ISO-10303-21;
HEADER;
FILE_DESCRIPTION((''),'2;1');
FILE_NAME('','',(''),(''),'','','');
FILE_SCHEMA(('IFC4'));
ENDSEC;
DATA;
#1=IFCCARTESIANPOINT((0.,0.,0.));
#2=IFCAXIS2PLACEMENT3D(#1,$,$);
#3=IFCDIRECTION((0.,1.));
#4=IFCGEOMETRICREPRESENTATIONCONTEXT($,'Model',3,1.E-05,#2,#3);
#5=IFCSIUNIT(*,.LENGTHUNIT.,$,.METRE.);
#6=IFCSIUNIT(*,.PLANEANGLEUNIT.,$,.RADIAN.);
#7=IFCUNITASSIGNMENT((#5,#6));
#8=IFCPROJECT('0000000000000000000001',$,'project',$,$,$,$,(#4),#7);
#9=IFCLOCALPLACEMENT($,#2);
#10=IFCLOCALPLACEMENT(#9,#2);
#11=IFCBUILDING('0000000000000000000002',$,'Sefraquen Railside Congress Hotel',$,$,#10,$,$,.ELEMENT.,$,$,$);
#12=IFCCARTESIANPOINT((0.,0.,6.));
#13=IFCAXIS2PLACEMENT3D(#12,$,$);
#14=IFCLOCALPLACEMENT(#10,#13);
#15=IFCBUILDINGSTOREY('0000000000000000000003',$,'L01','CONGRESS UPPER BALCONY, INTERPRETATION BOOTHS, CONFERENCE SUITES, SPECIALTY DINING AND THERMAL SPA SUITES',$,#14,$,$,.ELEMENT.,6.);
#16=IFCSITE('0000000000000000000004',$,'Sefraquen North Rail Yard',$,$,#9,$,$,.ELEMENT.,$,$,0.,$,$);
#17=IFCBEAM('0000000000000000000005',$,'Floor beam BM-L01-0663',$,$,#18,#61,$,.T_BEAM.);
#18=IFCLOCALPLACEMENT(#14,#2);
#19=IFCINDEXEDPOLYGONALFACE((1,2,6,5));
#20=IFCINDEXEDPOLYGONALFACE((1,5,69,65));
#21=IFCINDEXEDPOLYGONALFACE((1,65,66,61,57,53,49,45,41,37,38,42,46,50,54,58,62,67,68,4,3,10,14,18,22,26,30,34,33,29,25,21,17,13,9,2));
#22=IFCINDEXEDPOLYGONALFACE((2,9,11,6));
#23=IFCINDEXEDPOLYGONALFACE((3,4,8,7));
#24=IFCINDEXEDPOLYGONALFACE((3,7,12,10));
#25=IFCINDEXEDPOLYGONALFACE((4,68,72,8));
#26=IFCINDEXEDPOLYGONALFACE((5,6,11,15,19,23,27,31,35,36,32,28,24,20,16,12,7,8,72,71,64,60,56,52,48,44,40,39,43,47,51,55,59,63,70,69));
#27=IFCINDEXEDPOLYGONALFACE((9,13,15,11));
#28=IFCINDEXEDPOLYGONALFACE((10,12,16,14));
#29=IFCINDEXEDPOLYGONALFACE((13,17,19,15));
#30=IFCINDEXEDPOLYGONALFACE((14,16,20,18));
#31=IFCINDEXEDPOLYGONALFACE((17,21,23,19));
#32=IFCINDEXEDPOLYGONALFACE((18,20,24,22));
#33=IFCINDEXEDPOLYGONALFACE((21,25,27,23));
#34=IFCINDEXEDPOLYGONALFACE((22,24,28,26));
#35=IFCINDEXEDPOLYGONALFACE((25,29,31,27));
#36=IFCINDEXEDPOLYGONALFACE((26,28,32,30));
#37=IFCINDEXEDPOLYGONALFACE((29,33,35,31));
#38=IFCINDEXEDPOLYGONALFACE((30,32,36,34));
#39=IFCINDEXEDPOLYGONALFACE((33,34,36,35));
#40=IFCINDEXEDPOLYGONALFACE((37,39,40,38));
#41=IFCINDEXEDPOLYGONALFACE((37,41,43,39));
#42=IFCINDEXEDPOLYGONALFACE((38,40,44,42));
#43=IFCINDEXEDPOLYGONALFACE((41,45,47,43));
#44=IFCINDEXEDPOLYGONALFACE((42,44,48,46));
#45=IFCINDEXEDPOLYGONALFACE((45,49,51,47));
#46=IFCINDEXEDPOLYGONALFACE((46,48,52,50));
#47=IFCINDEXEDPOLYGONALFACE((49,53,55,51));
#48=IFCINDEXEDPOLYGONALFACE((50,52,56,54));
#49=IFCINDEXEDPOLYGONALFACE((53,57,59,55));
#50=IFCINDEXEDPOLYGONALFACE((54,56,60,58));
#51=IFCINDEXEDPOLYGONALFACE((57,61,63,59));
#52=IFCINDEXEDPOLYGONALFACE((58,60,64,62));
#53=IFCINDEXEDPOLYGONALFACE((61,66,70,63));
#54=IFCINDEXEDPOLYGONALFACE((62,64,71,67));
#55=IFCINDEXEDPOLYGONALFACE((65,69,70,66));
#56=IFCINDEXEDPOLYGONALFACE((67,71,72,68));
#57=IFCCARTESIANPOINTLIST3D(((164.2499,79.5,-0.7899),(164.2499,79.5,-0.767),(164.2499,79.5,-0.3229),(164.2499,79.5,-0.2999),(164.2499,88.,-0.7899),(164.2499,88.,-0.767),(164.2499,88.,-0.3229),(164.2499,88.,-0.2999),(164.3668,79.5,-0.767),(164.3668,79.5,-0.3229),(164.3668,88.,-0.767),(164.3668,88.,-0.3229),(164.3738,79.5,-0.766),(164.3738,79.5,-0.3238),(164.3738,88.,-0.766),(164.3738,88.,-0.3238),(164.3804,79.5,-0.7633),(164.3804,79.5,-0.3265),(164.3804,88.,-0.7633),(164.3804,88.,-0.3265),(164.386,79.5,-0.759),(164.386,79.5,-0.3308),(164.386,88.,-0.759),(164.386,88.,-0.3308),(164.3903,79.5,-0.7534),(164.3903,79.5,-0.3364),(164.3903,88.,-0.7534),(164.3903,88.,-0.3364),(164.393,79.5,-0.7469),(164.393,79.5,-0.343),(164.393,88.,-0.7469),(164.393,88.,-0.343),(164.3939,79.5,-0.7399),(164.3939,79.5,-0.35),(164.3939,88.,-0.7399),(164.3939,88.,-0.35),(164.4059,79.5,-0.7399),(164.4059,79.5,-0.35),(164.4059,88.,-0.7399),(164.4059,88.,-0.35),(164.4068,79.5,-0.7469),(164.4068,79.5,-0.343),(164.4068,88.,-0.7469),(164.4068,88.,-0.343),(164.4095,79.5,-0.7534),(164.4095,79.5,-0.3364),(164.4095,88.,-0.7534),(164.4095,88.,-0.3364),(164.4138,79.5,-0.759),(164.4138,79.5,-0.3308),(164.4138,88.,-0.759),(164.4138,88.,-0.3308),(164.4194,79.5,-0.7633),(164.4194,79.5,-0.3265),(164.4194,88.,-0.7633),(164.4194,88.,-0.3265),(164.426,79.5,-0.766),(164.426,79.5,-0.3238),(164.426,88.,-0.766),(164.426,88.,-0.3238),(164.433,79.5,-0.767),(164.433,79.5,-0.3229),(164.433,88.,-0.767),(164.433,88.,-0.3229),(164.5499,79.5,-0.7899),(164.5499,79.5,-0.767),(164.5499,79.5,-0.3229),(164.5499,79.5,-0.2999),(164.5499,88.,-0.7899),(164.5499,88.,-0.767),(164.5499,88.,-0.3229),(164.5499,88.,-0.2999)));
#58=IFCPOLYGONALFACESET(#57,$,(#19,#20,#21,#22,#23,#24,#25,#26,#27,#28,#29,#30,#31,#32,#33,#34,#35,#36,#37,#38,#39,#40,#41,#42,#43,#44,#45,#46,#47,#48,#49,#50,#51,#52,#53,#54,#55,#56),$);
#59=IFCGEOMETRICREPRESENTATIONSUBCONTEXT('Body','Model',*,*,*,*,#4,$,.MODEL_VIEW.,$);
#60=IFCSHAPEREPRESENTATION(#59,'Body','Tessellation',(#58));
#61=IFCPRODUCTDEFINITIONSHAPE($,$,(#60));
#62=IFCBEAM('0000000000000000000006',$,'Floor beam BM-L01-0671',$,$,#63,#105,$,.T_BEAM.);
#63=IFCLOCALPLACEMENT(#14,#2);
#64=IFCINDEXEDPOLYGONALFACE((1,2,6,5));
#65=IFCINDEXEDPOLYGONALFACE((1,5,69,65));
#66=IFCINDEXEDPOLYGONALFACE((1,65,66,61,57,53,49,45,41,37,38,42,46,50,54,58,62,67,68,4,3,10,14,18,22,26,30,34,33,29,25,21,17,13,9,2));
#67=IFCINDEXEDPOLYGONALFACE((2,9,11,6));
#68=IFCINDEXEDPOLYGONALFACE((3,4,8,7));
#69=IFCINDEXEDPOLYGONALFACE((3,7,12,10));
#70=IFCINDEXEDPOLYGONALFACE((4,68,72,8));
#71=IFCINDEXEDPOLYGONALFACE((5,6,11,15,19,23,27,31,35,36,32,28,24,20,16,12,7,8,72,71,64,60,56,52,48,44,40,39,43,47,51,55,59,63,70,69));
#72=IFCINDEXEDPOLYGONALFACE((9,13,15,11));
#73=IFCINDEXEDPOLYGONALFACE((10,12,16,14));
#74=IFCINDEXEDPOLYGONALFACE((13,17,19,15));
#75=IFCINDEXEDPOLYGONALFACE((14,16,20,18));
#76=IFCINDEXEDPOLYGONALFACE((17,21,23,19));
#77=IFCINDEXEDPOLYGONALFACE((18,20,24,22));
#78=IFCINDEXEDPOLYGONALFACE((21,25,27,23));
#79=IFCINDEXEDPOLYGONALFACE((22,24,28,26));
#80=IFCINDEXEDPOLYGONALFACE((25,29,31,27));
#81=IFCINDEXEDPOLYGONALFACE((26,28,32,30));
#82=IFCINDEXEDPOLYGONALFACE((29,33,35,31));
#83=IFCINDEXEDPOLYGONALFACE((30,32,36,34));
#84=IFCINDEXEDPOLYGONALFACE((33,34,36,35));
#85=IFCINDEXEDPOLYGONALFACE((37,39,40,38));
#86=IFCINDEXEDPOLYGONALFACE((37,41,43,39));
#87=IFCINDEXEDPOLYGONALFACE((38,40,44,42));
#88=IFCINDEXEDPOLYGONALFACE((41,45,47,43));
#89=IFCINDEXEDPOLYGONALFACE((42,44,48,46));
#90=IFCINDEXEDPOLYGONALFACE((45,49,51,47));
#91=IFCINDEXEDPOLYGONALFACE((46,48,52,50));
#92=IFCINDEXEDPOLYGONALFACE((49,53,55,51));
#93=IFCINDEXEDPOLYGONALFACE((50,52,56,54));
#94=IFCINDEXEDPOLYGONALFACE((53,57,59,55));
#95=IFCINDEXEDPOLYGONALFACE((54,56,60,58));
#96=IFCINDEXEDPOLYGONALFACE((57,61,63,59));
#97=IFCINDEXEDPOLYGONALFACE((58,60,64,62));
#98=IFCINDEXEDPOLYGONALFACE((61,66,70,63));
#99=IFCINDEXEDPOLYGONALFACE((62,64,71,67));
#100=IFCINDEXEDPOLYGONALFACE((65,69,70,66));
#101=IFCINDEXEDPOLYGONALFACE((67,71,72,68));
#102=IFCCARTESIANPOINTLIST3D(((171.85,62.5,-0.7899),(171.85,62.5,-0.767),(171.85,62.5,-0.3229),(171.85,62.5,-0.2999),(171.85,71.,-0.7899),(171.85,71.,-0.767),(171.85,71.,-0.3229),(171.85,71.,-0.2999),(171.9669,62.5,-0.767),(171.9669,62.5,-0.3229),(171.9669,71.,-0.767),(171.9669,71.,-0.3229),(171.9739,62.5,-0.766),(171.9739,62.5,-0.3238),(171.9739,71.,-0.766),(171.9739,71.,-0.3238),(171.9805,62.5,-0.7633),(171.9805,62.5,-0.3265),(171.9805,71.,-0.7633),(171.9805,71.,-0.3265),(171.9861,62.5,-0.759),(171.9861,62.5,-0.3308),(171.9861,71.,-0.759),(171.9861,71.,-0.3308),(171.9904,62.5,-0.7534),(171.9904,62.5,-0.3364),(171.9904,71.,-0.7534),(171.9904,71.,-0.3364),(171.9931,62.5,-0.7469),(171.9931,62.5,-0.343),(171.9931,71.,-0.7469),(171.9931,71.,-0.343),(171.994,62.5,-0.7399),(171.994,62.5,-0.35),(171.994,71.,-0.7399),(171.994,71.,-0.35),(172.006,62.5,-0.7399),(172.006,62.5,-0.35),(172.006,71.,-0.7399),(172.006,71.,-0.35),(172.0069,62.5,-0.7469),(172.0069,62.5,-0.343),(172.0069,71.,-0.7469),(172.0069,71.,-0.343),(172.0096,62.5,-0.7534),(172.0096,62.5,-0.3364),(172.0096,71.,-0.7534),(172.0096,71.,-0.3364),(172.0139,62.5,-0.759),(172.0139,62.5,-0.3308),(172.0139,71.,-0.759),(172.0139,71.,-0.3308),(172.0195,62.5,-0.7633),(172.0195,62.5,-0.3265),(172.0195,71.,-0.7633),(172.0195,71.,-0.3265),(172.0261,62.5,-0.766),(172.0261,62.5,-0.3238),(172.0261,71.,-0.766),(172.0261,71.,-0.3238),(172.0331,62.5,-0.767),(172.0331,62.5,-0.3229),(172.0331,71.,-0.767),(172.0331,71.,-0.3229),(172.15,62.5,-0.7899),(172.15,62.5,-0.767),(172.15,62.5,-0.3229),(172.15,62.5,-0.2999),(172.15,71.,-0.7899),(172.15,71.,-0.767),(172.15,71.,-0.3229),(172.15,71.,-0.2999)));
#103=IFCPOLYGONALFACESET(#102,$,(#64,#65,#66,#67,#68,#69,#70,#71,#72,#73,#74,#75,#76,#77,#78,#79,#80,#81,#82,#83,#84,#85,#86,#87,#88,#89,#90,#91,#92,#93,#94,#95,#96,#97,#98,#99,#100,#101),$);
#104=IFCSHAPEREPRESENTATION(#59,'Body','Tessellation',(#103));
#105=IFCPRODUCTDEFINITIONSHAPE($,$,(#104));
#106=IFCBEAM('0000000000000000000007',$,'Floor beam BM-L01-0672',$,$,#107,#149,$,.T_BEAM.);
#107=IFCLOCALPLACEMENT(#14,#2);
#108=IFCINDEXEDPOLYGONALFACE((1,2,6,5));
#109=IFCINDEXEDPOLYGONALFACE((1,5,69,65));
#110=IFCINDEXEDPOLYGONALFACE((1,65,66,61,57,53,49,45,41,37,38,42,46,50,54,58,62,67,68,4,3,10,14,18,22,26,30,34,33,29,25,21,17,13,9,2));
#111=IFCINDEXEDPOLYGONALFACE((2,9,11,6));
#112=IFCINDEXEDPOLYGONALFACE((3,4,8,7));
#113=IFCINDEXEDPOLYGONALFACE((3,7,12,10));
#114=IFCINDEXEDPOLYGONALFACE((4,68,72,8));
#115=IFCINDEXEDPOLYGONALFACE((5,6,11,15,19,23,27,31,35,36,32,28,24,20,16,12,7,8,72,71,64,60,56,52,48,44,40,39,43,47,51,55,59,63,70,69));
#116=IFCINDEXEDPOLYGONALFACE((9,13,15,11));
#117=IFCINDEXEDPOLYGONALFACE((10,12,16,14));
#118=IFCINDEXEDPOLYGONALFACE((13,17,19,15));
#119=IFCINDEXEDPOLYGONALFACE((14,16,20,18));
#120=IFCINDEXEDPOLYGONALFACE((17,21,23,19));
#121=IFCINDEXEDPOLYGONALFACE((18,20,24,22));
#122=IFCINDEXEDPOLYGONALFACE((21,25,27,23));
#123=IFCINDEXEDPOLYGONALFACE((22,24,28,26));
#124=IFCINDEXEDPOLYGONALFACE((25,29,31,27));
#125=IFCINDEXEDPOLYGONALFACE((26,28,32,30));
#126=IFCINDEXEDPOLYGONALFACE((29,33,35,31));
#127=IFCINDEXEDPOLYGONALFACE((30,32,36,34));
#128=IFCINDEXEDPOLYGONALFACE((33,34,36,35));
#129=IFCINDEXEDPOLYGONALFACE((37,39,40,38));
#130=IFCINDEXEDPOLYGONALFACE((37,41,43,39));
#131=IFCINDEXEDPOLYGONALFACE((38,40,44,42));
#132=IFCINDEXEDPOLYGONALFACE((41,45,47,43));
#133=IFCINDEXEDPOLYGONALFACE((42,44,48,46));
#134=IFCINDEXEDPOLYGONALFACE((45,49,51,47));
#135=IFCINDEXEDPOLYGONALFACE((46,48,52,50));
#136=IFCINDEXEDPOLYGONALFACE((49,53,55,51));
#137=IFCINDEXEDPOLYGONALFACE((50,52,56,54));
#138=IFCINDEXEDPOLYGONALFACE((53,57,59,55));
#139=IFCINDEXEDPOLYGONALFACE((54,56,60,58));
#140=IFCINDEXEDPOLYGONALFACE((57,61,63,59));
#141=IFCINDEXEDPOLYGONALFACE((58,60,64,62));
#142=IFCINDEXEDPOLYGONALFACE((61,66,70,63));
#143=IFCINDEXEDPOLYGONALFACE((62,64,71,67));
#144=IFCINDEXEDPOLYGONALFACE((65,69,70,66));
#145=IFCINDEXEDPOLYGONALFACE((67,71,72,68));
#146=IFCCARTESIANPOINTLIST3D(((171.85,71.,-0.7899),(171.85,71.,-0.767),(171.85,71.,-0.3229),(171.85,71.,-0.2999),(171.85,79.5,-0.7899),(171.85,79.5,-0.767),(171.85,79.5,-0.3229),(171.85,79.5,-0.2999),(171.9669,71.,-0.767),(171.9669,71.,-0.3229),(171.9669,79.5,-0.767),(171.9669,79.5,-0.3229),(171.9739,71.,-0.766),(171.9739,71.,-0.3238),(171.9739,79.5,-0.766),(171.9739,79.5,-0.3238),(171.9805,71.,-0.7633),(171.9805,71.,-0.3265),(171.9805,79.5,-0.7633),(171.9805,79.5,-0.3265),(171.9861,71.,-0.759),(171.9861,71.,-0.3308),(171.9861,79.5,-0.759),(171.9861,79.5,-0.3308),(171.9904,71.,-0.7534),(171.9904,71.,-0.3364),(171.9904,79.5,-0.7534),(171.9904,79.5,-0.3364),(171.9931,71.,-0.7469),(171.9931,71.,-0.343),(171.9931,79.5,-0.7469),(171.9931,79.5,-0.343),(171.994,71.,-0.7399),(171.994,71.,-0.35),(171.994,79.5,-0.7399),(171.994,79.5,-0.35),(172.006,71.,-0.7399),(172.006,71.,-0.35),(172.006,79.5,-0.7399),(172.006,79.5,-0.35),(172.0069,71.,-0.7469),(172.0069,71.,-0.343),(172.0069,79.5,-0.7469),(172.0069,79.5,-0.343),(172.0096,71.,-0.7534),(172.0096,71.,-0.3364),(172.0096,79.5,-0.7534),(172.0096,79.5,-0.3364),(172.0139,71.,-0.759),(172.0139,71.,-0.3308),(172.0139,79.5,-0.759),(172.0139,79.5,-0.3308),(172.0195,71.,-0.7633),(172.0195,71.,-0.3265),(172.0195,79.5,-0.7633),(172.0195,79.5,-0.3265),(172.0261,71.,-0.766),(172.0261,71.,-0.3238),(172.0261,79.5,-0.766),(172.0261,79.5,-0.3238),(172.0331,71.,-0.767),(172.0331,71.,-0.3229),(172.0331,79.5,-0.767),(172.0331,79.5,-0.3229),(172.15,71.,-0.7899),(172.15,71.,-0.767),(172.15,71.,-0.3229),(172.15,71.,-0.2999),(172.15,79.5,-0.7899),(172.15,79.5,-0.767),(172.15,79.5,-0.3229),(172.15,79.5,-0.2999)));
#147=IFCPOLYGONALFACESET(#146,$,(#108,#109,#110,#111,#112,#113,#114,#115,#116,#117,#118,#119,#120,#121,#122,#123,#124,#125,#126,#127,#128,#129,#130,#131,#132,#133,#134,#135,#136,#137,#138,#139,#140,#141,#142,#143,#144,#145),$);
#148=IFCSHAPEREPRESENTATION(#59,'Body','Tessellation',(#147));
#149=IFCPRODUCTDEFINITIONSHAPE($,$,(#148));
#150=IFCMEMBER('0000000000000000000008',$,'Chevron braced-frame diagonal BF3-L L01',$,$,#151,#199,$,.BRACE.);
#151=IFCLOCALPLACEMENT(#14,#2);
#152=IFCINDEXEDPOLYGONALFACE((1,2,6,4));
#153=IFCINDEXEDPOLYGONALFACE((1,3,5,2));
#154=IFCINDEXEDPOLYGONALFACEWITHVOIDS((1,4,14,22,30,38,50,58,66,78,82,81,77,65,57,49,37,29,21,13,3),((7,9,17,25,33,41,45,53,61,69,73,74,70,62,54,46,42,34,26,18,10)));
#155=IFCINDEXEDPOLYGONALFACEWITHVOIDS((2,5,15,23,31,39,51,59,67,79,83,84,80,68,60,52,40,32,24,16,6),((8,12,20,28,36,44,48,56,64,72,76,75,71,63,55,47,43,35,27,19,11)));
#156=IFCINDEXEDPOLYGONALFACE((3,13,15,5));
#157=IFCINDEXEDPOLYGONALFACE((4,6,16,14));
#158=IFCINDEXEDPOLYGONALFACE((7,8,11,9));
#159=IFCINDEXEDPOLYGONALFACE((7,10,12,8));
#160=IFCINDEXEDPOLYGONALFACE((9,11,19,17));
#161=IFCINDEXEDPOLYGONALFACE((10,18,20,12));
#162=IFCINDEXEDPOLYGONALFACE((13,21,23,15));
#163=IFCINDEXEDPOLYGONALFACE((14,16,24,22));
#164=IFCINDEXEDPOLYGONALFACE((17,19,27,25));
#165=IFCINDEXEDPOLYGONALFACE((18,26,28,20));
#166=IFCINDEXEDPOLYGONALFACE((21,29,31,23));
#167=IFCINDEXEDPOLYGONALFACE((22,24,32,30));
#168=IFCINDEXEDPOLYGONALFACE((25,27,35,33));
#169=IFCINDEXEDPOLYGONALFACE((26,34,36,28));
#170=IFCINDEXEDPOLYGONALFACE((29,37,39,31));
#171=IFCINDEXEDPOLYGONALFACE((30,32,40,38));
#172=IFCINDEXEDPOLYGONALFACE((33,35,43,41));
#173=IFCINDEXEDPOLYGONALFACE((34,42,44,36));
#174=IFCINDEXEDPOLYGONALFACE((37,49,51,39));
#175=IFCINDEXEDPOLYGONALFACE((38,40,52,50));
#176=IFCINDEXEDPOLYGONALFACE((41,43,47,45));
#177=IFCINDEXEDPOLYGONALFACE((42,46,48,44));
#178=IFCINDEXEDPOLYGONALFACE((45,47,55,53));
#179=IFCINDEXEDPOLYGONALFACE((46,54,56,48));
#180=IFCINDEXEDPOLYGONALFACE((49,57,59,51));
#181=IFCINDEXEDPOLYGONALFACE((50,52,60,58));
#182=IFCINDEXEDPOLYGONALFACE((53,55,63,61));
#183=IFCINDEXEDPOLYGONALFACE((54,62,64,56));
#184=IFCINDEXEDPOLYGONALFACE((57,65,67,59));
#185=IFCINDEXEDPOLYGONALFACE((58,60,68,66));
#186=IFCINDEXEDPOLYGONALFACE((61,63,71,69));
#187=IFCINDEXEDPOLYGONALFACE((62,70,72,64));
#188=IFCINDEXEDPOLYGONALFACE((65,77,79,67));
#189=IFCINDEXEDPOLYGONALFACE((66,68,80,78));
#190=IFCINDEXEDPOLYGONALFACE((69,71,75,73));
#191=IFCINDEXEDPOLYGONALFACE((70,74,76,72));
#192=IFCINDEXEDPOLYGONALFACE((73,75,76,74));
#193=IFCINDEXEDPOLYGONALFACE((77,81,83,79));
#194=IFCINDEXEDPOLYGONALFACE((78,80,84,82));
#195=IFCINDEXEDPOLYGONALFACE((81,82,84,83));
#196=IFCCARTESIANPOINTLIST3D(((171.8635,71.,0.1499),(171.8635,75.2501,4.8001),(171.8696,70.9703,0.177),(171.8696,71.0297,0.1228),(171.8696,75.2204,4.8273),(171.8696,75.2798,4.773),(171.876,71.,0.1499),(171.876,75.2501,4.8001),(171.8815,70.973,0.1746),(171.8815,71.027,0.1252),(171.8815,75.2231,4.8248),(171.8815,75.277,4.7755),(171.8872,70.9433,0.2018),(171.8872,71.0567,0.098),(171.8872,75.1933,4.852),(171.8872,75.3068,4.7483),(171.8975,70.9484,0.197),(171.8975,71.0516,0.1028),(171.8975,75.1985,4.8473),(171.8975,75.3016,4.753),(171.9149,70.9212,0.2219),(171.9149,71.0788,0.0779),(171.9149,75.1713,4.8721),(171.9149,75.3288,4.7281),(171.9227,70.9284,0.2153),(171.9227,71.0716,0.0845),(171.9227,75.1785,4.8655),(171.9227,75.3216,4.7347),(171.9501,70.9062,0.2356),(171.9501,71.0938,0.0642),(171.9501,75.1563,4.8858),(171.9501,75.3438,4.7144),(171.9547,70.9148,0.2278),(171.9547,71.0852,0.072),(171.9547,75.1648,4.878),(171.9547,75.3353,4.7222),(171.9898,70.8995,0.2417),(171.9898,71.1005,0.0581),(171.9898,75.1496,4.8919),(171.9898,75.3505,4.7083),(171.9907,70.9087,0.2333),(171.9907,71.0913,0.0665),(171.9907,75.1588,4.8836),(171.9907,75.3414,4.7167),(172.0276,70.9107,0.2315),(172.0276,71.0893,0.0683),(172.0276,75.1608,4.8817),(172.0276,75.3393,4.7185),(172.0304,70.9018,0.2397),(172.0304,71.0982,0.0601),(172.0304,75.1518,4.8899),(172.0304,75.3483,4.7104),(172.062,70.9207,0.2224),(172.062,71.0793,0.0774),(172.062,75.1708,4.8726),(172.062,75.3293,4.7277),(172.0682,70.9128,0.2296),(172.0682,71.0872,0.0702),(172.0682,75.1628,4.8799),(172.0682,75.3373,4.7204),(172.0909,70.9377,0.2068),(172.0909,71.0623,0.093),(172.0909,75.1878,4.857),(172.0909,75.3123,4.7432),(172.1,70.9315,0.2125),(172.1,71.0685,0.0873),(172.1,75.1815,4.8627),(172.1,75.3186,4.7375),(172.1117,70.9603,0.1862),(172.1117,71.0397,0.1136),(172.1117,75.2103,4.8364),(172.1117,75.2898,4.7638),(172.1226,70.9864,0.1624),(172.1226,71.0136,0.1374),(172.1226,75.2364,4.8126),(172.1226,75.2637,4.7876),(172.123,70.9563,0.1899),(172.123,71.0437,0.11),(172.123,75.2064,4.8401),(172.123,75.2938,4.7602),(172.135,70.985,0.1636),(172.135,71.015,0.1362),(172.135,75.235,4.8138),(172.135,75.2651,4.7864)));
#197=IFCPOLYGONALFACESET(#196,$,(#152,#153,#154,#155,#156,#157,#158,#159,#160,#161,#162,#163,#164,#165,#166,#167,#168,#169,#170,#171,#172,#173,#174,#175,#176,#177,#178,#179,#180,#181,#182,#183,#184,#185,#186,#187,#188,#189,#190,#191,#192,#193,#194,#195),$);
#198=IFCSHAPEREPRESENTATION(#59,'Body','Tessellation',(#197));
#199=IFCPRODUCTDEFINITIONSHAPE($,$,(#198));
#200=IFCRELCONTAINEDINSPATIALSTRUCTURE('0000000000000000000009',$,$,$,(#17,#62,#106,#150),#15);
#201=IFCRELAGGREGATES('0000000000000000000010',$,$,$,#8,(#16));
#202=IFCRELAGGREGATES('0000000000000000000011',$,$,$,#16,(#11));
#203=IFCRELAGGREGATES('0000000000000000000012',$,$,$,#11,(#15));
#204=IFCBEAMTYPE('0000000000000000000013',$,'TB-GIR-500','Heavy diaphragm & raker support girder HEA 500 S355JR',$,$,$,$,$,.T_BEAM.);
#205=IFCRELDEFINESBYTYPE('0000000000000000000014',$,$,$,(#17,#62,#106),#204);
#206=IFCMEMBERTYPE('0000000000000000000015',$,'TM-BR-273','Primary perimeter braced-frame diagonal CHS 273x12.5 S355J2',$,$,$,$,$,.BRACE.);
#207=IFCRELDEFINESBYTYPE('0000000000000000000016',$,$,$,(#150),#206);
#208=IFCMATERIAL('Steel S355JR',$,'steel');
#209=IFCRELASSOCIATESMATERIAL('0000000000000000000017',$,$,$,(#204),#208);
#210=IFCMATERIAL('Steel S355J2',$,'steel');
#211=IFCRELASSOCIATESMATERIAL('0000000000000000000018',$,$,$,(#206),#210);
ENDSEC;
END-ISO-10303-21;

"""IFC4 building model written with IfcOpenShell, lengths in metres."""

from ifc_helpers import new_model, si_unit, direction, frame, origin, origin_2d, place, context, subcontext, project, spatial, hollow_circle, i_section, extrude, material, material_profile, profile_set, type_object, element, save


model = new_model("IFC4")

# Units and contexts
model_context = context("Model", 3, precision=1e-05, world=origin(), true_north=direction((0.0, 1.0)))
body_context = subcontext(model_context, "Body", "Model", "MODEL_VIEW")
ifc_project = project(units=[si_unit("LENGTHUNIT", "METRE"), si_unit("PLANEANGLEUNIT", "RADIAN")], contexts=[model_context])

# Site, building, storey
site_placement = place(None, origin())
site = spatial("IfcSite", under=ifc_project, at=site_placement, Name="Sefraquen North Rail Yard", CompositionType="ELEMENT", RefElevation=0.0)
building_placement = place(site_placement, origin())
building = spatial("IfcBuilding", under=site, at=building_placement, Name="Sefraquen Railside Congress Hotel", CompositionType="ELEMENT")
storey_placement = place(building_placement, frame((0.0, 0.0, 6.0)))
storey = spatial("IfcBuildingStorey", under=building, at=storey_placement, Name="L01", Description="CONGRESS UPPER BALCONY, INTERPRETATION BOOTHS, CONFERENCE SUITES, SPECIALTY DINING AND THERMAL SPA SUITES", CompositionType="ELEMENT", Elevation=6.0)

# Shared definitions
ifc_material_1 = material(Name="Steel S355J2", Category="steel")

# Beams
ifc_material_2 = material(Name="Steel S355JR", Category="steel")
ifc_material_profile_1 = material_profile(ifc_material_2, i_section(OverallWidth=0.3, OverallDepth=0.49, WebThickness=0.012, FlangeThickness=0.0229, FilletRadius=0.0271, at=origin_2d()), Name="HEA 500")
ifc_profile_set_1 = profile_set([ifc_material_profile_1], Name="Steel S355JR")
beam_type_1 = type_object("IfcBeamType", Name="TB-GIR-500", Description="Heavy diaphragm & raker support girder HEA 500 S355JR", PredefinedType="T_BEAM", material=ifc_profile_set_1)
for number, where, z_axis, x_axis, name in (
    (1, (164.3999, 79.5, -0.5449), (0.0, 1.0, 0.0), (-1.0, 0.0, 0.0), "Floor beam BM-L01-0663"),
    (2, (172.0, 62.5, -0.5449), (0.0, 1.0, 0.0), (-1.0, 0.0, 0.0), "Floor beam BM-L01-0671"),
    (3, (172.0, 71.0, -0.5449), (0.0, 1.0, 0.0), (-1.0, 0.0, 0.0), "Floor beam BM-L01-0672"),
):
    element("IfcBeam", number, at=place(storey_placement, frame(where, z_axis=z_axis, x_axis=x_axis)), inside=storey, type_object=beam_type_1, Name=name, PredefinedType="T_BEAM", context=body_context, shape_type="SweptSolid", body=[
        extrude(i_section(OverallWidth=0.3, OverallDepth=0.49, WebThickness=0.012, FlangeThickness=0.0229, FilletRadius=0.0271, at=origin_2d()), origin(), (0.0, 0.0, 1.0), 8.5),
    ])

# Member
ifc_material_profile_2 = material_profile(ifc_material_1, hollow_circle(Radius=0.1365, WallThickness=0.0125, at=origin_2d()), Name="CHS 273x12.5")
ifc_profile_set_2 = profile_set([ifc_material_profile_2], Name="Steel S355J2")
member_type = type_object("IfcMemberType", Name="TM-BR-273", Description="Primary perimeter braced-frame diagonal CHS 273x12.5 S355J2", PredefinedType="BRACE", material=ifc_profile_set_2)
member_placement = place(storey_placement, frame((172.0, 71.0, 0.1499), z_axis=(0.0, 0.674634, 0.738152), x_axis=(-1.0, 0.0, 0.0)))
element("IfcMember", 4, at=member_placement, inside=storey, type_object=member_type, Name="Chevron braced-frame diagonal BF3-L L01", PredefinedType="BRACE", context=body_context, shape_type="SweptSolid", body=[
    extrude(hollow_circle(Radius=0.1365, WallThickness=0.0125, at=origin_2d()), origin(), (0.0, 0.0, 1.0), 6.2998),
])

save(model, "model.ifc")
